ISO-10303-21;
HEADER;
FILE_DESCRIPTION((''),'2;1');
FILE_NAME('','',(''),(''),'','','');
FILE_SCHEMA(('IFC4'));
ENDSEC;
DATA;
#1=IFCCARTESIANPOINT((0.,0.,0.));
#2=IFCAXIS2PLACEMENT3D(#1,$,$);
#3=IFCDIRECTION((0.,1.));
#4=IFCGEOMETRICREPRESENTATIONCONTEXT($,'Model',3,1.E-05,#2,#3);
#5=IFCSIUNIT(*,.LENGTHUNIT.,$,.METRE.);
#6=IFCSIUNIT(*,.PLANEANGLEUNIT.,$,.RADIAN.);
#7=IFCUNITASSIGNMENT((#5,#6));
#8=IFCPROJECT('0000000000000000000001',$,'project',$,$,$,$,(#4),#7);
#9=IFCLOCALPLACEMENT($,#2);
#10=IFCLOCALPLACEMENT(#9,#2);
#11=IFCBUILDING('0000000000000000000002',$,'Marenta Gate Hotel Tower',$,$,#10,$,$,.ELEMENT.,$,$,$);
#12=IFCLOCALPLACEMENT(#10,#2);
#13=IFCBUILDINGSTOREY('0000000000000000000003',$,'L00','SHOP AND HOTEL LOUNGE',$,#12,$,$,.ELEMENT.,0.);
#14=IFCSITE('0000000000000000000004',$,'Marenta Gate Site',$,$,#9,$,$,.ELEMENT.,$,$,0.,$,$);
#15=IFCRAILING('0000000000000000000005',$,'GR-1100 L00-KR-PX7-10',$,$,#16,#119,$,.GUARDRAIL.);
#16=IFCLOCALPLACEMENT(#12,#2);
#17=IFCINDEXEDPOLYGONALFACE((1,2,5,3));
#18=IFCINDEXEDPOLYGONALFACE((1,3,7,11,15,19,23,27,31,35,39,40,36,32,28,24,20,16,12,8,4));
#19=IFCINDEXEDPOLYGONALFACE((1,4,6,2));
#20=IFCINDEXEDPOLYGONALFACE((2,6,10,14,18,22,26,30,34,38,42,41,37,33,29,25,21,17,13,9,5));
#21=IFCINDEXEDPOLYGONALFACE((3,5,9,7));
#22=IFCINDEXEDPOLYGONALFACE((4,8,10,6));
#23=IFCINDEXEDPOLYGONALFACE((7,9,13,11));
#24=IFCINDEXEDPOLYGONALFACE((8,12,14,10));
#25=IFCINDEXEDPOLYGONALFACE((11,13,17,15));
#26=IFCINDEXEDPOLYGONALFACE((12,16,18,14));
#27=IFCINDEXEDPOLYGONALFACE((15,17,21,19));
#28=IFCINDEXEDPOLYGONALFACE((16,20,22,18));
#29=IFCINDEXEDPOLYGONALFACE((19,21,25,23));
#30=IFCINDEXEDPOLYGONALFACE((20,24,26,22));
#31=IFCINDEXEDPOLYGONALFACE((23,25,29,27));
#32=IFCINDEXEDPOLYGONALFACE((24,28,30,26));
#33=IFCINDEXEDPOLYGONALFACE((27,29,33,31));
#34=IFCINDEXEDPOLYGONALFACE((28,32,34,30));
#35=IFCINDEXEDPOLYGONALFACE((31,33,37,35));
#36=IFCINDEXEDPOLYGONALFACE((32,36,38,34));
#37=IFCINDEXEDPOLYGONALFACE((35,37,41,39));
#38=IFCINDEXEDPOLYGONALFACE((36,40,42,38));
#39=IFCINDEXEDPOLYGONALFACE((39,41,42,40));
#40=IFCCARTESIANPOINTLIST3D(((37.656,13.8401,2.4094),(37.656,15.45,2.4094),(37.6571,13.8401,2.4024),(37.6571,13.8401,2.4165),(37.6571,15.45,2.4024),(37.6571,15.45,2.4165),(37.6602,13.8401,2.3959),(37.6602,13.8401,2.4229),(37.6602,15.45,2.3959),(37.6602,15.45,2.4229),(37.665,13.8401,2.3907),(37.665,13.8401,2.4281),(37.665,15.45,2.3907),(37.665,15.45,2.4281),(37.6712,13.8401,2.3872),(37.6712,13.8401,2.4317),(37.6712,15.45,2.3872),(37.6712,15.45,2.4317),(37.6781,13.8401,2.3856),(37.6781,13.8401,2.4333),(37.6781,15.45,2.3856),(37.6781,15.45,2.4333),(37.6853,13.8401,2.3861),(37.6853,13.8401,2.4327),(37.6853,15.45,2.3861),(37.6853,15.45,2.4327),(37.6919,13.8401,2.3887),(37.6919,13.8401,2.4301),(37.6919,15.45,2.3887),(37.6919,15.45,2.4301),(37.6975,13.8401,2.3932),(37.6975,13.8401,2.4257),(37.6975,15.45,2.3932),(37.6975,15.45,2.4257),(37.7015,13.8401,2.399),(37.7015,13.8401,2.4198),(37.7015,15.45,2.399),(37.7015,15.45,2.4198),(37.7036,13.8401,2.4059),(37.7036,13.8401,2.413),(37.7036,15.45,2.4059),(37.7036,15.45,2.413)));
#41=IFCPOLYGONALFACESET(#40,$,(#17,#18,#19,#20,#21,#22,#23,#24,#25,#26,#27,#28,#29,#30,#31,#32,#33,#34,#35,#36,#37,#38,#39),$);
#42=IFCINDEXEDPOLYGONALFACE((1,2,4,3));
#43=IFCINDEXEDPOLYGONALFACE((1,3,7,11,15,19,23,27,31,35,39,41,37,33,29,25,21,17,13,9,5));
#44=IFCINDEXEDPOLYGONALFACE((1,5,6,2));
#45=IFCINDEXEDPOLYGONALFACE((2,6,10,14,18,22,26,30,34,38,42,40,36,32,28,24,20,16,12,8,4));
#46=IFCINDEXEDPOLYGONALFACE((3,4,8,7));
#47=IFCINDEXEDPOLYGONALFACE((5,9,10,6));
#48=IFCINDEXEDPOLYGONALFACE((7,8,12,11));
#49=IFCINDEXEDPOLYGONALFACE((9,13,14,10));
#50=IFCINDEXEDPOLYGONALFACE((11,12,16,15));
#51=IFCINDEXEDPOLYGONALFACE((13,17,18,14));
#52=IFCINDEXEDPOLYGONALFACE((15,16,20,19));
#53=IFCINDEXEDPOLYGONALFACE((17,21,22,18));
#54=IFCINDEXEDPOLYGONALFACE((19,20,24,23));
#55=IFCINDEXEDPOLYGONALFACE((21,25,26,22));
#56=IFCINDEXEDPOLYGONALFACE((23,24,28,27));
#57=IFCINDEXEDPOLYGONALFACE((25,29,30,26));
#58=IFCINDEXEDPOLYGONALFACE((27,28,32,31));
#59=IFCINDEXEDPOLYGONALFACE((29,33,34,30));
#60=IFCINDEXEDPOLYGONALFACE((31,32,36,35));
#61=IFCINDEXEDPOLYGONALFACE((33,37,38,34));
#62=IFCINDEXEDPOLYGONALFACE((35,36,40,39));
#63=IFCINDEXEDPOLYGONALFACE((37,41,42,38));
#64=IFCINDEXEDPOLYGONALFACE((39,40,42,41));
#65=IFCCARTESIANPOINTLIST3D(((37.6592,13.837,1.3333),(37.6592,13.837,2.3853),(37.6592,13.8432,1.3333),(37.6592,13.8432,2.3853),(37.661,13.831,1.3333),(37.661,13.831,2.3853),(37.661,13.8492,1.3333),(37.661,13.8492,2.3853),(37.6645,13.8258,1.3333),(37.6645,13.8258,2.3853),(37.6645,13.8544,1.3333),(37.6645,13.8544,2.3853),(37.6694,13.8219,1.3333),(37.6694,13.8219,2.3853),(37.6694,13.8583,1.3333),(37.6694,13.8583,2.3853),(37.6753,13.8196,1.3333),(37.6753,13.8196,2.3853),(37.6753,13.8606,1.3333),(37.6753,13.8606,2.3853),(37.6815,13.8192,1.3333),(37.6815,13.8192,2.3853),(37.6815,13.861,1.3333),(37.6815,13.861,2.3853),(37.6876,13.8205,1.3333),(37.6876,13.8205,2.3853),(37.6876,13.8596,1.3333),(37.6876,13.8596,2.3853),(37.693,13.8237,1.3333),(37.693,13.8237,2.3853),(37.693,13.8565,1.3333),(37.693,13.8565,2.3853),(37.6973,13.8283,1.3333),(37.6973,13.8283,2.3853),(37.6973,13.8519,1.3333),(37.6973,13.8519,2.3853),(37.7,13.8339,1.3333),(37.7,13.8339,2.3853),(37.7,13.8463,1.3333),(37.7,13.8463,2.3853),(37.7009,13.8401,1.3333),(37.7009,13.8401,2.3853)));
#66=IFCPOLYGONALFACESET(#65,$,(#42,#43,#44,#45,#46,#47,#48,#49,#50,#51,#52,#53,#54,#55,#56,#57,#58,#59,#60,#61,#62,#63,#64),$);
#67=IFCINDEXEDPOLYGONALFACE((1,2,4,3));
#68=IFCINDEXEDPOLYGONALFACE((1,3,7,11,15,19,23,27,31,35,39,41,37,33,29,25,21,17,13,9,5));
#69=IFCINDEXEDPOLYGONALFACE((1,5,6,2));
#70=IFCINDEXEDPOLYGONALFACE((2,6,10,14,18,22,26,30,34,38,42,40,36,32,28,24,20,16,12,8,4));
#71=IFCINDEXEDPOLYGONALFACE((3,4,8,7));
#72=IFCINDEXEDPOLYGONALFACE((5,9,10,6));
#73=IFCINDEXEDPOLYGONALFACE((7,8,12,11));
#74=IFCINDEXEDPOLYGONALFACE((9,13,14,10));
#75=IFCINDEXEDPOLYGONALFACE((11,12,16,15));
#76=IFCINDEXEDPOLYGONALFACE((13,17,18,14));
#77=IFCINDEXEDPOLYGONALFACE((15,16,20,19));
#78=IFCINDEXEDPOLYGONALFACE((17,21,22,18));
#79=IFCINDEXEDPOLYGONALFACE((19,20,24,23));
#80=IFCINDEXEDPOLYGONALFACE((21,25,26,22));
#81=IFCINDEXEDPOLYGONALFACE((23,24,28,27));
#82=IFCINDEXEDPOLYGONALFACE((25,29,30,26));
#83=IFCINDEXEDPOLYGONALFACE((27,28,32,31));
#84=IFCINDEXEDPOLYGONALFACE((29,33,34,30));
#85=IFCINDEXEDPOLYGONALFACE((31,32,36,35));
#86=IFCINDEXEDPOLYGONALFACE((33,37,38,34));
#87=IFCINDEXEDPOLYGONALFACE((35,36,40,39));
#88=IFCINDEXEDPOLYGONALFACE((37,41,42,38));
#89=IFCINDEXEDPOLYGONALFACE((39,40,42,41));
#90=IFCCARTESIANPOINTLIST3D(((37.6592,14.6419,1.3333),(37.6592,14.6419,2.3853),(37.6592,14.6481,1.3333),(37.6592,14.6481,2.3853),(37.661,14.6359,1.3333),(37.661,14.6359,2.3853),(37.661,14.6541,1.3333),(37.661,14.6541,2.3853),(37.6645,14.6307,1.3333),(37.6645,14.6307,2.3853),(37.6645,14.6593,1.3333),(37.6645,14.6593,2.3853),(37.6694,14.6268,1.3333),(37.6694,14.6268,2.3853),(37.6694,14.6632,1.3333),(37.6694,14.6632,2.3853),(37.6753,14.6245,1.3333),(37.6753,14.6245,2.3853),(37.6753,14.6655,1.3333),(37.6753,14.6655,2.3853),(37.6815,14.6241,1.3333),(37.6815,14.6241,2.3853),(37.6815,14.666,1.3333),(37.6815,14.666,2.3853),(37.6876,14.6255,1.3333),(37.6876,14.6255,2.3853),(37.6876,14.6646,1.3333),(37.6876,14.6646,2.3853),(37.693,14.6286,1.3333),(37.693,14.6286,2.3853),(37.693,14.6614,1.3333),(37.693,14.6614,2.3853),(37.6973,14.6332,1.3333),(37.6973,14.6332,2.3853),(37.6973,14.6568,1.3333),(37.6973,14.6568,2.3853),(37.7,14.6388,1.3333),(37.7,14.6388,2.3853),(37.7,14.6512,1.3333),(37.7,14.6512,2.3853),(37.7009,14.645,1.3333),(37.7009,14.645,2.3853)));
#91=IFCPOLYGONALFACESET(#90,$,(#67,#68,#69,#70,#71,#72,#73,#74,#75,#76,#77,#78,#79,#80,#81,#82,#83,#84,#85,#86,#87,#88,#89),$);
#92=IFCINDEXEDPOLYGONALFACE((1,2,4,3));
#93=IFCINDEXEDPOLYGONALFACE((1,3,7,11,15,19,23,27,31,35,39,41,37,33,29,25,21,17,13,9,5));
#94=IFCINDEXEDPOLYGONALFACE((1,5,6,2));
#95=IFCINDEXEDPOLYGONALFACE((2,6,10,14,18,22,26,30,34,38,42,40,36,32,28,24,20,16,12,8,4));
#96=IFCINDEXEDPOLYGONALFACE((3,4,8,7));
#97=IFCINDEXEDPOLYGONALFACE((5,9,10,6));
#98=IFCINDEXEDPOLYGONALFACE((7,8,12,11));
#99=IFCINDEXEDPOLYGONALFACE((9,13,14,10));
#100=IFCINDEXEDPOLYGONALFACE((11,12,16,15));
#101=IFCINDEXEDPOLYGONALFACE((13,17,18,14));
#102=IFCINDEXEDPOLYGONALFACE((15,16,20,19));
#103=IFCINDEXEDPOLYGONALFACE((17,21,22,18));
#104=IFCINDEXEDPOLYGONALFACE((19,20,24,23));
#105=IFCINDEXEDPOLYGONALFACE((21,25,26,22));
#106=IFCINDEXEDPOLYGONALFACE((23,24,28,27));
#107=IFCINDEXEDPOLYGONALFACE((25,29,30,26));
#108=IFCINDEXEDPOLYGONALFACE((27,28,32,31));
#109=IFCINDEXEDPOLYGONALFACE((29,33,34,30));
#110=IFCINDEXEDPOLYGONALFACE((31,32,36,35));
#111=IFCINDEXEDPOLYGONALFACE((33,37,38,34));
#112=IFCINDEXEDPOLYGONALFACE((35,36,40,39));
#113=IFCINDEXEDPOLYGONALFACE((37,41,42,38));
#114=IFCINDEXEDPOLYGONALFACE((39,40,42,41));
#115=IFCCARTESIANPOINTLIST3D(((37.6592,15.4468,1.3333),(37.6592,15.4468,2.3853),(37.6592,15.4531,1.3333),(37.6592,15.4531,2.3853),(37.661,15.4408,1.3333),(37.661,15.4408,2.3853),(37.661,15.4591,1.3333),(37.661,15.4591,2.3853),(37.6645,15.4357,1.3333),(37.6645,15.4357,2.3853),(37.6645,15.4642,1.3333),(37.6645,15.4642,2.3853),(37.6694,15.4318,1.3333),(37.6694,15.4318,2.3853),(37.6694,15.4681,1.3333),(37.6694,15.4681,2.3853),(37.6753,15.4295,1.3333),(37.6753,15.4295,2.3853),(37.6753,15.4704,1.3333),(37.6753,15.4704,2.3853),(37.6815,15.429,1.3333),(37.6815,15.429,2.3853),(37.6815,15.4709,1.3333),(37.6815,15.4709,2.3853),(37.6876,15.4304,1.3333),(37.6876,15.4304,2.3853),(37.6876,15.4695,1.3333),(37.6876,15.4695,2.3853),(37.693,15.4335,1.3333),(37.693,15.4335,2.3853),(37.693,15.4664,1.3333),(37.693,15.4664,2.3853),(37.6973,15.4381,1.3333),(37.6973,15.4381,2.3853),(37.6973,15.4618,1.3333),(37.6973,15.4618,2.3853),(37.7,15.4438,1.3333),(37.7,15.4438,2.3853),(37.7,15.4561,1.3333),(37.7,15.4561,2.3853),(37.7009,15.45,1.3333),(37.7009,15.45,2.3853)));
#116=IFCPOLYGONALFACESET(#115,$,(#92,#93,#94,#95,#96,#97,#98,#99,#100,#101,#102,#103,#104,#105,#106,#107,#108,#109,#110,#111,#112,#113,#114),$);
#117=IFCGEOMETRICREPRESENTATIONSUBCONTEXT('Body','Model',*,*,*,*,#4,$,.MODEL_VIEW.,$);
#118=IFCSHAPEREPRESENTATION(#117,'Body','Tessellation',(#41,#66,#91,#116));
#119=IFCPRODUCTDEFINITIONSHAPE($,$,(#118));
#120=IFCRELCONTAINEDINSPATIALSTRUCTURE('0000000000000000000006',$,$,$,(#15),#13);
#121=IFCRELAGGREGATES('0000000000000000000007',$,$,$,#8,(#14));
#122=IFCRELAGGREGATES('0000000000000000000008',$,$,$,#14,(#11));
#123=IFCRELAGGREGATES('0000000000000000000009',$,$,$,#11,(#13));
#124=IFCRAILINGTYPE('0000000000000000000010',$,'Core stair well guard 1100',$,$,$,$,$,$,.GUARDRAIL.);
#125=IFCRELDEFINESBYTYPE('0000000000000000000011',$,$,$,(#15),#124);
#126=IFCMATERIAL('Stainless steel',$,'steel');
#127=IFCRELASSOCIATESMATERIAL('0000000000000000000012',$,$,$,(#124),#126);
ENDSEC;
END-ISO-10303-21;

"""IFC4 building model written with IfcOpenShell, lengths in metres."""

from ifc_helpers import new_model, si_unit, direction, frame, origin, origin_2d, place, context, subcontext, project, spatial, circle, extrude, material, type_object, element, save


model = new_model("IFC4")

# Units and contexts
model_context = context("Model", 3, precision=1e-05, world=origin(), true_north=direction((0.0, 1.0)))
body_context = subcontext(model_context, "Body", "Model", "MODEL_VIEW")
ifc_project = project(units=[si_unit("LENGTHUNIT", "METRE"), si_unit("PLANEANGLEUNIT", "RADIAN")], contexts=[model_context])

# Site, building, storey
site_placement = place(None, origin())
site = spatial("IfcSite", under=ifc_project, at=site_placement, Name="Marenta Gate Site", CompositionType="ELEMENT", RefElevation=0.0)
building_placement = place(site_placement, origin())
building = spatial("IfcBuilding", under=site, at=building_placement, Name="Marenta Gate Hotel Tower", CompositionType="ELEMENT")
storey_placement = place(building_placement, origin())
storey = spatial("IfcBuildingStorey", under=building, at=storey_placement, Name="L00", Description="SHOP AND HOTEL LOUNGE", CompositionType="ELEMENT", Elevation=0.0)

# Railing
ifc_material_1 = material(Name="Stainless steel", Category="steel")
railing_type_1 = type_object("IfcRailingType", Name="Core stair well guard 1100", PredefinedType="GUARDRAIL", material=ifc_material_1)
railing_1_placement = place(storey_placement, frame((37.6799, 13.8401, 1.3333)))
element("IfcRailing", 1, at=railing_1_placement, inside=storey, type_object=railing_type_1, Name="GR-1100 L00-KR-PX7-10", PredefinedType="GUARDRAIL", context=body_context, shape_type="SweptSolid", body=[
    extrude(circle(Radius=0.0239, at=origin_2d()), frame((0.0, 0.0, 1.0762), z_axis=(0.0, 1.0, 0.0), x_axis=(-1.0, 0.0, 0.0)), (0.0, 0.0, 1.0), 1.6099),
    extrude(circle(Radius=0.021, at=origin_2d()), origin(), (0.0, 0.0, 1.0), 1.052),
    extrude(circle(Radius=0.021, at=origin_2d()), frame((0.0, 0.8049, 0.0)), (0.0, 0.0, 1.0), 1.052),
    extrude(circle(Radius=0.021, at=origin_2d()), frame((0.0, 1.6099, 0.0)), (0.0, 0.0, 1.0), 1.052),
])

save(model, "model.ifc")
